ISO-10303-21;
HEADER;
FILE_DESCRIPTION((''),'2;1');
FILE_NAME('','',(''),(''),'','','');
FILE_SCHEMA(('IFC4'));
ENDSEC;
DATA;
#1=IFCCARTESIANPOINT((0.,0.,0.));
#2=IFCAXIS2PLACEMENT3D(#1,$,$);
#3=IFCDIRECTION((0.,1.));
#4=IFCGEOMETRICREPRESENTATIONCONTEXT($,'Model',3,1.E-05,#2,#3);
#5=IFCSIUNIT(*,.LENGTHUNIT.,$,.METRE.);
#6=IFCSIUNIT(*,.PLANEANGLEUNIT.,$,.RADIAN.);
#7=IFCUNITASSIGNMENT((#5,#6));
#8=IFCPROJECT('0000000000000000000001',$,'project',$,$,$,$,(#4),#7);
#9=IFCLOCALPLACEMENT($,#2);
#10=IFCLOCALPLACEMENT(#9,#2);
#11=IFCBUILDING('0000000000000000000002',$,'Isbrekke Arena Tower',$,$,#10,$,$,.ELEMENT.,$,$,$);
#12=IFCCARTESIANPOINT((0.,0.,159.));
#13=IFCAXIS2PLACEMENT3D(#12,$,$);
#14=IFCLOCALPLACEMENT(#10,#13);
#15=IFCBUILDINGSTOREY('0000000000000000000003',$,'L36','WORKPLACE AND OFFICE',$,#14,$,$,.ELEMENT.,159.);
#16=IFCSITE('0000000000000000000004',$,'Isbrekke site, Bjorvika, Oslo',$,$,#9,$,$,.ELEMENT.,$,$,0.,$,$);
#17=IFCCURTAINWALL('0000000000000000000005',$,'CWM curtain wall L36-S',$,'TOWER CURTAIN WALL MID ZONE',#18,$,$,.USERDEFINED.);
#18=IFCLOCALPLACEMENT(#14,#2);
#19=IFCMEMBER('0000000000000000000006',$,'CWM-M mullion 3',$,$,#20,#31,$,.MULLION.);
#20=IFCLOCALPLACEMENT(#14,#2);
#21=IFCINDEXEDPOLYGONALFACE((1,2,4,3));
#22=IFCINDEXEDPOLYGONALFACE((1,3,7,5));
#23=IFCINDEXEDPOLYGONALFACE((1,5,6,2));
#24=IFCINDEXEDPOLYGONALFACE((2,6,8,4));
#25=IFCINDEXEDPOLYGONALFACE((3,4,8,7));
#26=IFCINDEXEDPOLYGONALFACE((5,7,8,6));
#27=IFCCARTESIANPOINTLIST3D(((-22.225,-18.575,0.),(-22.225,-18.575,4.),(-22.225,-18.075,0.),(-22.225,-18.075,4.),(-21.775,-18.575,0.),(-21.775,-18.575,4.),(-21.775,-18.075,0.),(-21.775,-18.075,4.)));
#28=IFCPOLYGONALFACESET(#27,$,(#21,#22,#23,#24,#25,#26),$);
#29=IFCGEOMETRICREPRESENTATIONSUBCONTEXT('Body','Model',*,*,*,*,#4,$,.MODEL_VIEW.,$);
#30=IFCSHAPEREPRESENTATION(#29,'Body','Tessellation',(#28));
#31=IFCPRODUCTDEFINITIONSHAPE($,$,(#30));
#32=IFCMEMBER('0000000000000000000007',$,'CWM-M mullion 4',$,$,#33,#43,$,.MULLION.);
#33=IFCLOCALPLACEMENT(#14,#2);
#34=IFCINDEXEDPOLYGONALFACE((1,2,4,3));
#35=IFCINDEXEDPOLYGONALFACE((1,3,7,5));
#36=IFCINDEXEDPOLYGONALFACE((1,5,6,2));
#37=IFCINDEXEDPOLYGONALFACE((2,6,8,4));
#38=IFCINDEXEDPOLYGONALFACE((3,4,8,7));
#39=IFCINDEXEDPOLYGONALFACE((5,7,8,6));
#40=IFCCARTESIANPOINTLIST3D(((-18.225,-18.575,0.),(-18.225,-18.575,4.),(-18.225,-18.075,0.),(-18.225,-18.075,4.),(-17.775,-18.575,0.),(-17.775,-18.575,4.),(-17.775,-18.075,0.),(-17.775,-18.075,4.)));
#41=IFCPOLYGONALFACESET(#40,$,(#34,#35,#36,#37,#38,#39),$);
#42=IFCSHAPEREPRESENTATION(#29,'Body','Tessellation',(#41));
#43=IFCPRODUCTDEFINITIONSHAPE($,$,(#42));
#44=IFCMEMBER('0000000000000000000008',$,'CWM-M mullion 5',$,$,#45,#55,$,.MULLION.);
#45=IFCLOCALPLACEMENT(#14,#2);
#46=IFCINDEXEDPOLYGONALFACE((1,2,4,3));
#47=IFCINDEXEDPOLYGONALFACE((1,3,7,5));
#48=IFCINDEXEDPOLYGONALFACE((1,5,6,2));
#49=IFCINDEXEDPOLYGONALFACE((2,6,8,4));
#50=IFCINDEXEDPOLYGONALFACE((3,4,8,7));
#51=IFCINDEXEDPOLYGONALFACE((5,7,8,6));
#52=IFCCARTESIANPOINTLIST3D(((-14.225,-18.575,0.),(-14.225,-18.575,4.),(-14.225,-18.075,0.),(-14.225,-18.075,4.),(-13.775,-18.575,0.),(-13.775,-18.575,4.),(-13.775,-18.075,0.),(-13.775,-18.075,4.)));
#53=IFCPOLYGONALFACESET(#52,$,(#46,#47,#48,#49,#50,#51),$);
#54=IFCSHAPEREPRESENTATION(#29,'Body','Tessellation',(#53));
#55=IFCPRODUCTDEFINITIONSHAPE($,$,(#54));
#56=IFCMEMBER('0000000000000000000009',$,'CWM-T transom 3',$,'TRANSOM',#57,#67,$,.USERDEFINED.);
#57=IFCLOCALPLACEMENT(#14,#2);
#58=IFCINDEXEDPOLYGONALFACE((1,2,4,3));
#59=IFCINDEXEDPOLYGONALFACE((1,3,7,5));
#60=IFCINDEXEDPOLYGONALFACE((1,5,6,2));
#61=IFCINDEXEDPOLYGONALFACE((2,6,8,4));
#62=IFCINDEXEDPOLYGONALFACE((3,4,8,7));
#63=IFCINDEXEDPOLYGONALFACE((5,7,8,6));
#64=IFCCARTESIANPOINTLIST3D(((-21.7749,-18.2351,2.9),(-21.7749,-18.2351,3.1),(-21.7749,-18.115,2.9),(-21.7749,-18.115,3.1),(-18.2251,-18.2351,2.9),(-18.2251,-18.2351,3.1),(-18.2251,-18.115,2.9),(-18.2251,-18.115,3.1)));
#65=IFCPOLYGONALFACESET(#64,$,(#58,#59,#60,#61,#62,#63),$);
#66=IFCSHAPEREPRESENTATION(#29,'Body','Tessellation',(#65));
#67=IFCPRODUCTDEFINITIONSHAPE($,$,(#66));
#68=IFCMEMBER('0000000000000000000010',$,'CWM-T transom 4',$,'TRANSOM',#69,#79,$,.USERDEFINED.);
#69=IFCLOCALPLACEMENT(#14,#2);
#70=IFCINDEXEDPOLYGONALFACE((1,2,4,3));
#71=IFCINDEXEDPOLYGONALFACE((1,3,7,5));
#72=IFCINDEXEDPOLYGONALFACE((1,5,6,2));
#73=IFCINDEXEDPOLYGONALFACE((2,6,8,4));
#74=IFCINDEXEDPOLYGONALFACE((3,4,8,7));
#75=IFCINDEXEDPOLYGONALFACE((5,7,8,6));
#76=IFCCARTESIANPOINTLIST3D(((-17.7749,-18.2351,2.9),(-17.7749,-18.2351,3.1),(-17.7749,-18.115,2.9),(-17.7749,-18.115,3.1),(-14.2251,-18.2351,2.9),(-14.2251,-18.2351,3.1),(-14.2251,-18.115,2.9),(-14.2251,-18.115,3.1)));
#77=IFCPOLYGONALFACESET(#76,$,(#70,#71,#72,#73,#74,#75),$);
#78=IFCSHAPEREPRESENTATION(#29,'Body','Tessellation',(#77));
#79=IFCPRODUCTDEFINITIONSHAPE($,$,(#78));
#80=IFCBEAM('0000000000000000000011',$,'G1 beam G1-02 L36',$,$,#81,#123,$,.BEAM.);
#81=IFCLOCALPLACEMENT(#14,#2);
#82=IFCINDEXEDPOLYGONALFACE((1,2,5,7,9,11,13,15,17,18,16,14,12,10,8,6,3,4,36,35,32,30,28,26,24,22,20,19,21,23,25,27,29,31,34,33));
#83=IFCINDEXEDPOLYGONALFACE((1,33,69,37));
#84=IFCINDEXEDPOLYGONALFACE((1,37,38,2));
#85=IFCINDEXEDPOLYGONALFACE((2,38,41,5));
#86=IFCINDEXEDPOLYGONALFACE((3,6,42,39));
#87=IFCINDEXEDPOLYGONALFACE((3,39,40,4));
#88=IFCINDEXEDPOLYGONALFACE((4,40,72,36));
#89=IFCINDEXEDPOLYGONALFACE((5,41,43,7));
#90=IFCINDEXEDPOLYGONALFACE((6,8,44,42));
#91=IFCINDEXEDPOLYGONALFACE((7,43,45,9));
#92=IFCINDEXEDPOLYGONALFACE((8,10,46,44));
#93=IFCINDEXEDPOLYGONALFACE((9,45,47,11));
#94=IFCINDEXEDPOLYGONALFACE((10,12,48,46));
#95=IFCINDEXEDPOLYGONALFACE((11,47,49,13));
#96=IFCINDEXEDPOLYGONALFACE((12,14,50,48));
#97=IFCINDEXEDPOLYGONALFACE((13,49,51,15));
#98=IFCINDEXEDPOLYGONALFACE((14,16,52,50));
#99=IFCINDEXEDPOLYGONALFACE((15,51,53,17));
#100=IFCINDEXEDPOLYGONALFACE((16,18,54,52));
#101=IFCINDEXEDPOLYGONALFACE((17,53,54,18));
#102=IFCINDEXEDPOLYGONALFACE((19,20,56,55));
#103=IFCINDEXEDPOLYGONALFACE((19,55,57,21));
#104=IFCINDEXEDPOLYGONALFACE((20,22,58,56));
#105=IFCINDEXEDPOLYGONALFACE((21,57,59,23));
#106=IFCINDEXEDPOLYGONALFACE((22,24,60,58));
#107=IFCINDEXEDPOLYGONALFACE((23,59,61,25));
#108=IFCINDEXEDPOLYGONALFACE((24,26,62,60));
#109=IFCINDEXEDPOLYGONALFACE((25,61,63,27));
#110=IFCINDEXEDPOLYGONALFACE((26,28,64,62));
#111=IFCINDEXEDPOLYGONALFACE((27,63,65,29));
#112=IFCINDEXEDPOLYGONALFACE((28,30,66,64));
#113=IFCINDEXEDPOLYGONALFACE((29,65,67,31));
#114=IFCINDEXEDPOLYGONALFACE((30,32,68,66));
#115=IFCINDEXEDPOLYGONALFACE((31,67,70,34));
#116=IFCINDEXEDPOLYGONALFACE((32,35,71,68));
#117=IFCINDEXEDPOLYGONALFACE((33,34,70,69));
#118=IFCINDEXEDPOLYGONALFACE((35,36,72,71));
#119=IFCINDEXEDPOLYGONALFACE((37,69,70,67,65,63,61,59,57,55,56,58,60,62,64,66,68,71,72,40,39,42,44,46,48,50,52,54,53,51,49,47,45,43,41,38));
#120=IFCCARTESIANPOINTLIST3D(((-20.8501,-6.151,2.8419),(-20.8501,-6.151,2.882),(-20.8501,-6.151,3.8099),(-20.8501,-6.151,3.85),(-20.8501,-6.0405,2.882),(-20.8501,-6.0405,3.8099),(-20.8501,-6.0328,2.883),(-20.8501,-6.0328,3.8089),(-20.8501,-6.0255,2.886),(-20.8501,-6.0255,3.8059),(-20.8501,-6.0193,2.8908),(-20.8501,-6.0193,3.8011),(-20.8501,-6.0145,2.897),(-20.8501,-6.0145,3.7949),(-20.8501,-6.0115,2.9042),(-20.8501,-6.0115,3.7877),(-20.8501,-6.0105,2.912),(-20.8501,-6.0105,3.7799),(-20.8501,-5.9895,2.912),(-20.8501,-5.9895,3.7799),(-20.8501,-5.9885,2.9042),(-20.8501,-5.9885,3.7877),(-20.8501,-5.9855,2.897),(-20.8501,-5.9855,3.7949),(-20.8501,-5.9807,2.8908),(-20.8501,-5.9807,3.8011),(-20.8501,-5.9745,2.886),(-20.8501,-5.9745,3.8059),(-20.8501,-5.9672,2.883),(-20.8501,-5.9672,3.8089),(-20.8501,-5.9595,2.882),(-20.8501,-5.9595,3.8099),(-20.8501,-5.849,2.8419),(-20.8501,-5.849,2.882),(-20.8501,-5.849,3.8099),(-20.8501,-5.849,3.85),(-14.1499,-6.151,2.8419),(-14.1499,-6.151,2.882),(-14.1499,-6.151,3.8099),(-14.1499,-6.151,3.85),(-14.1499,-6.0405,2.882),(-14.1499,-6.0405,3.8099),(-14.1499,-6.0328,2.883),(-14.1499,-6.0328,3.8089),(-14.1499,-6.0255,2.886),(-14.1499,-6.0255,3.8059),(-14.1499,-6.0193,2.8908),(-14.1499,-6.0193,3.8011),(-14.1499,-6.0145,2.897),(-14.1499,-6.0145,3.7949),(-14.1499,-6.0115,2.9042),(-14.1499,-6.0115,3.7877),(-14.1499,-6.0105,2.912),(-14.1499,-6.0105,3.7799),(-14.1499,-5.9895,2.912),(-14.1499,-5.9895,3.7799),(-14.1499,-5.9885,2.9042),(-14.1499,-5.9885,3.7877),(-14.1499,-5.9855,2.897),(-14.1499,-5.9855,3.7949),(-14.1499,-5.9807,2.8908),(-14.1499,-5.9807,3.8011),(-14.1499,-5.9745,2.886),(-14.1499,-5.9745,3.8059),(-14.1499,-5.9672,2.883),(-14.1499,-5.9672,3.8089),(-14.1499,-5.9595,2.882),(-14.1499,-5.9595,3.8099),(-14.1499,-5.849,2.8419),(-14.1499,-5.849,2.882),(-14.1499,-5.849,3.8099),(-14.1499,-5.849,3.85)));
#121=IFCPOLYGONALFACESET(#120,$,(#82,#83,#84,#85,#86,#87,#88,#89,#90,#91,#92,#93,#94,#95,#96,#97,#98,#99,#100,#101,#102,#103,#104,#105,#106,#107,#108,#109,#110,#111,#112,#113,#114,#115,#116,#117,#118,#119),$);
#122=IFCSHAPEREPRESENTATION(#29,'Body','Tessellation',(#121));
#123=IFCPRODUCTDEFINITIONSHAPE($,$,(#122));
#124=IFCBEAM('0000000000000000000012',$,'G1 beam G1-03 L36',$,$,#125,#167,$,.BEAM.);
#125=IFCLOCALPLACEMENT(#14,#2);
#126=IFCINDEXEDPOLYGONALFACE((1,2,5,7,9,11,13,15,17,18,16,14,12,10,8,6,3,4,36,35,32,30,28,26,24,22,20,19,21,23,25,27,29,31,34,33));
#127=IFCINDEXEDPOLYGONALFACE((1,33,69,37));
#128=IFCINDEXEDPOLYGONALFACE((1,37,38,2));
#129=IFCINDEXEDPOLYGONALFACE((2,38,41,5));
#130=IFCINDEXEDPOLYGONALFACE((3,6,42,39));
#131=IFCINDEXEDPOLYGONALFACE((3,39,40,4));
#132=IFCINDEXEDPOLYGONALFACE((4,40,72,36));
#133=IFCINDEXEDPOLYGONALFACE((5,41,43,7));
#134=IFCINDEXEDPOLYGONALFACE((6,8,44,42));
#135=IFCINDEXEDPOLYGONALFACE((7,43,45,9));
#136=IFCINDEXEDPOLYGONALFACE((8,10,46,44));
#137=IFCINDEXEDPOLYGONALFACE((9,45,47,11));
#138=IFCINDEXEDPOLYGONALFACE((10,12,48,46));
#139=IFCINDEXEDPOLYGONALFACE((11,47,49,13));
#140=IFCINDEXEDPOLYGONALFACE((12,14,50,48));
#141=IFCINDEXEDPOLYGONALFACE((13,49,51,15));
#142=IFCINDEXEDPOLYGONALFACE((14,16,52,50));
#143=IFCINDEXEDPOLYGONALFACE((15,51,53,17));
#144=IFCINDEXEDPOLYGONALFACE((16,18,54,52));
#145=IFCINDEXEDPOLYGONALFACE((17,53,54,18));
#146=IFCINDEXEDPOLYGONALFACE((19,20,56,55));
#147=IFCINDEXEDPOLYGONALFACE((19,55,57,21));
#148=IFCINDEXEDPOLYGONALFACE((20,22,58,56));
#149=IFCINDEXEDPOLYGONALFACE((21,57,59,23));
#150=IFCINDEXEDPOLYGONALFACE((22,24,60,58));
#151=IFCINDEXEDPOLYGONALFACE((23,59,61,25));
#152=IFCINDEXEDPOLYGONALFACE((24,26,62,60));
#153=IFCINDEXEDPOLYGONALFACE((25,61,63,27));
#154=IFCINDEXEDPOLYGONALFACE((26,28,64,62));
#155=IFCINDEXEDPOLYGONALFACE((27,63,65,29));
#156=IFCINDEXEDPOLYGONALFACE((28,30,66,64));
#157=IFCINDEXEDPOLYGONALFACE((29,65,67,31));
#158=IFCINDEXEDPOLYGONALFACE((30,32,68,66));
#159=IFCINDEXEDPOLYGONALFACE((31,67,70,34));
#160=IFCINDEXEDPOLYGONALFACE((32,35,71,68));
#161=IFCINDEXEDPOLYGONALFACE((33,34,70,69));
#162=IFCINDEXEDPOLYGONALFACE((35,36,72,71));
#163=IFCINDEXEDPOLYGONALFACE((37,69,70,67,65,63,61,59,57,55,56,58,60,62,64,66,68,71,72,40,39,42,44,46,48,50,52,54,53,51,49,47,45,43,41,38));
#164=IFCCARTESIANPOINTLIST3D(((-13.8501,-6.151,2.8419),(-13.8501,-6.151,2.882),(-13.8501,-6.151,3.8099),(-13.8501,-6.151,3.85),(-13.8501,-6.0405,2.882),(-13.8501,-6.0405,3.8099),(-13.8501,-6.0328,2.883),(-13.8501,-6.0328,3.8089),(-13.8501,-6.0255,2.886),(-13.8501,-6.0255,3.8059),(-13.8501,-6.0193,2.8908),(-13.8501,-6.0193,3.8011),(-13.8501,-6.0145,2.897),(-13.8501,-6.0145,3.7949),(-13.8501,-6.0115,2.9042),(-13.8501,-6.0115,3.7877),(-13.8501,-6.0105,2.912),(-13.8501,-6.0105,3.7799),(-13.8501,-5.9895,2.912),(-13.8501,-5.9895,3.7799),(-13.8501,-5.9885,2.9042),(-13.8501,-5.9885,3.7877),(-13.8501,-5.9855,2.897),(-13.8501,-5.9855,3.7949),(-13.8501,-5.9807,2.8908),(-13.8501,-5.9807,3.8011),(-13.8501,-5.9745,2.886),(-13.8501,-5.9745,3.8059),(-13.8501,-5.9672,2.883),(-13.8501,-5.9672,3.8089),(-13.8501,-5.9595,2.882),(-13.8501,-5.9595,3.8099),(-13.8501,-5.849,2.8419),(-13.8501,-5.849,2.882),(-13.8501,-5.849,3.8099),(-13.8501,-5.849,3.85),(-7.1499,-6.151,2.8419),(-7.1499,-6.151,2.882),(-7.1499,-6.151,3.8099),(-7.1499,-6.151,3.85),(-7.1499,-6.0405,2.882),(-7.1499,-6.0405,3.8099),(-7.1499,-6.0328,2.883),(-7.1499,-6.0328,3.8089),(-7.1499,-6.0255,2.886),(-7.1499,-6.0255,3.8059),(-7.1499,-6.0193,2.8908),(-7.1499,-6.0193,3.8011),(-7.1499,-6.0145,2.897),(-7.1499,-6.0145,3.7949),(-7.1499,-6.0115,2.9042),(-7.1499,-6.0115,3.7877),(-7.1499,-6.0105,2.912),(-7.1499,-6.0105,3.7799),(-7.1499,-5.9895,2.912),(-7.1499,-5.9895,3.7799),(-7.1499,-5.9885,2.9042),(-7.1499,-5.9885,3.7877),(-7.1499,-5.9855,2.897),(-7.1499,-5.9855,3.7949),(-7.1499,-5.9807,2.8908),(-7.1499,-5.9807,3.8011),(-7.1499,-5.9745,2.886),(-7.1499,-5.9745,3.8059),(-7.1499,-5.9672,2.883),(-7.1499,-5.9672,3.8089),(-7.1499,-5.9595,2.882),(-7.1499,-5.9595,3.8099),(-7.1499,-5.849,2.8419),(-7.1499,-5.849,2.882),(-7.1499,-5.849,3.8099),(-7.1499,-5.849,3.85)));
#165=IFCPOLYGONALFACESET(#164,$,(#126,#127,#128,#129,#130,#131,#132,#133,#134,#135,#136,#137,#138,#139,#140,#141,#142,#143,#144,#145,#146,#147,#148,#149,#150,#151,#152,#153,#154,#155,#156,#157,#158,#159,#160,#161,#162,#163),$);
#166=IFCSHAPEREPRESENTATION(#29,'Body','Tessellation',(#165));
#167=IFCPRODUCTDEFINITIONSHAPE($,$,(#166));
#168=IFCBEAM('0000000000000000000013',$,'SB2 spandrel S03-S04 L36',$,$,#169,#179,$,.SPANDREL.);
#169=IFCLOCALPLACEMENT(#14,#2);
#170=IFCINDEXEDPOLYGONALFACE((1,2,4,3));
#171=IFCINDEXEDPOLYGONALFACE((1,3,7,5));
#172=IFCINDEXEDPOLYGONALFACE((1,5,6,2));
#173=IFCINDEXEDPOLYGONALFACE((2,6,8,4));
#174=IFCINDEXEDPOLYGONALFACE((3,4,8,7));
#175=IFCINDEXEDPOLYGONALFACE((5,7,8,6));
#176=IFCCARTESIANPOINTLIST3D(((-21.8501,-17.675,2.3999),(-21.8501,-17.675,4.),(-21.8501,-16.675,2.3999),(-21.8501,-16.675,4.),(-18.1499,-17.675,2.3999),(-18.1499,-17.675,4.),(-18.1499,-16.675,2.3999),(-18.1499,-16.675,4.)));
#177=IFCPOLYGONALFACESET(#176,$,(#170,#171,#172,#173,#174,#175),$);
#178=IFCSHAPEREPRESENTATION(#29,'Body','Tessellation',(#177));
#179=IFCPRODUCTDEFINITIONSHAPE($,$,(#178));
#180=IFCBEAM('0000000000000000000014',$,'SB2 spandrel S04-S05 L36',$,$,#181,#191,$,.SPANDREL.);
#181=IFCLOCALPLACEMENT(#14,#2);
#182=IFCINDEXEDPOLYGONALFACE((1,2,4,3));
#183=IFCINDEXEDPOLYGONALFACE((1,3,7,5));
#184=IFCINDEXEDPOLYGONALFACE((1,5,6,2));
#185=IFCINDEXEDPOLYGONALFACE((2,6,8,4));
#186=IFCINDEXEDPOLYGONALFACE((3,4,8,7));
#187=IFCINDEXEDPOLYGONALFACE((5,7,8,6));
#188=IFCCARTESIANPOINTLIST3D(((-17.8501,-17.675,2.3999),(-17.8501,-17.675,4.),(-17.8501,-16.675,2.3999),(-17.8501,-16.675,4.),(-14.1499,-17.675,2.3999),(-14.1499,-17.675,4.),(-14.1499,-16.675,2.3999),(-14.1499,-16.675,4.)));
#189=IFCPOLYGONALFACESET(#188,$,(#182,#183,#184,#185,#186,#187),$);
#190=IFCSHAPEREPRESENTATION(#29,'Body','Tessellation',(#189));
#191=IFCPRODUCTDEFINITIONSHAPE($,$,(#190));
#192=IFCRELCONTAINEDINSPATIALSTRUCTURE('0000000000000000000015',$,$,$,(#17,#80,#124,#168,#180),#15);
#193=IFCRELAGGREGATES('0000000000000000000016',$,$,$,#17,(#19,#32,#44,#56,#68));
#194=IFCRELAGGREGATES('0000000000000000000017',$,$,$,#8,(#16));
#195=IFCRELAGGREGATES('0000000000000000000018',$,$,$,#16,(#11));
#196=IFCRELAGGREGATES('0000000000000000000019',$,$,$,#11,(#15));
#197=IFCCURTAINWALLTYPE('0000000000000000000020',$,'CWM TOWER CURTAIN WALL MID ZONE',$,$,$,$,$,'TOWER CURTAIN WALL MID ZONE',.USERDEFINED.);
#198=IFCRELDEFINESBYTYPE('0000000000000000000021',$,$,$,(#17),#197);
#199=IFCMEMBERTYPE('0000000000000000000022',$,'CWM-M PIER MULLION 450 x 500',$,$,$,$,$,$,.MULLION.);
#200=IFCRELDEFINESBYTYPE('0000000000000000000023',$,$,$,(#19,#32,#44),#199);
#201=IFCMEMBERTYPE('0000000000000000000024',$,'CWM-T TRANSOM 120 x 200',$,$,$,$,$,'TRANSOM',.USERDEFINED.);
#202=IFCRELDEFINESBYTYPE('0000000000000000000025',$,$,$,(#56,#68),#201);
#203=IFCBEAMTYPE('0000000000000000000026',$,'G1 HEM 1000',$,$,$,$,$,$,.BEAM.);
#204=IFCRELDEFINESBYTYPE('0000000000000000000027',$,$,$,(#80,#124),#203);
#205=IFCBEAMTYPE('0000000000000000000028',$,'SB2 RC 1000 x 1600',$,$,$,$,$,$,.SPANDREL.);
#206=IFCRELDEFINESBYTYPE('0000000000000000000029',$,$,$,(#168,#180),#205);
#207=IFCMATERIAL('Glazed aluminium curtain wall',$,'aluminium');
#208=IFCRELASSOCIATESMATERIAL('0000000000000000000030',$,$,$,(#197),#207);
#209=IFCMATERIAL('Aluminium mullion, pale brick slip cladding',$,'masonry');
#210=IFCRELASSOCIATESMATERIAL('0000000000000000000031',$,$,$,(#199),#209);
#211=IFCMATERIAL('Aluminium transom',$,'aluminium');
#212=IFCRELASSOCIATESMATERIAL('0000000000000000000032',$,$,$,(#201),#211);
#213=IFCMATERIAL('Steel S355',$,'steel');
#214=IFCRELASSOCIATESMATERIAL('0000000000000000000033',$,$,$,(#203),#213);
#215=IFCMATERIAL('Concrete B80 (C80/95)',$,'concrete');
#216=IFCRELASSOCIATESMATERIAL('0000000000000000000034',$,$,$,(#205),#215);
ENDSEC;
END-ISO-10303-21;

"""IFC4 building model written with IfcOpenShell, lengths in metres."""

from ifc_helpers import new_model, si_unit, direction, frame, origin, origin_2d, place, context, subcontext, project, spatial, rectangle, i_section, extrude, material, material_profile, profile_set, type_object, element, aggregate, save


model = new_model("IFC4")

# Units and contexts
model_context = context("Model", 3, precision=1e-05, world=origin(), true_north=direction((0.0, 1.0)))
body_context = subcontext(model_context, "Body", "Model", "MODEL_VIEW")
ifc_project = project(units=[si_unit("LENGTHUNIT", "METRE"), si_unit("PLANEANGLEUNIT", "RADIAN")], contexts=[model_context])

# Site, building, storey
site_placement = place(None, origin())
site = spatial("IfcSite", under=ifc_project, at=site_placement, Name="Isbrekke site, Bjorvika, Oslo", CompositionType="ELEMENT", RefElevation=0.0)
building_placement = place(site_placement, origin())
building = spatial("IfcBuilding", under=site, at=building_placement, Name="Isbrekke Arena Tower", CompositionType="ELEMENT")
storey_placement = place(building_placement, frame((0.0, 0.0, 159.0)))
storey = spatial("IfcBuildingStorey", under=building, at=storey_placement, Name="L36", Description="WORKPLACE AND OFFICE", CompositionType="ELEMENT", Elevation=159.0)

# Curtain wall, members
ifc_material_1 = material(Name="Glazed aluminium curtain wall", Category="aluminium")
curtain_wall_type = type_object("IfcCurtainWallType", Name="CWM TOWER CURTAIN WALL MID ZONE", ElementType="TOWER CURTAIN WALL MID ZONE", PredefinedType="USERDEFINED", material=ifc_material_1)
curtain_wall_placement = place(storey_placement, origin())
curtain_wall = element("IfcCurtainWall", 1, at=curtain_wall_placement, inside=storey, type_object=curtain_wall_type, Name="CWM curtain wall L36-S", ObjectType="TOWER CURTAIN WALL MID ZONE", PredefinedType="USERDEFINED")
ifc_material_2 = material(Name="Aluminium mullion, pale brick slip cladding", Category="masonry")
ifc_material_profile_1 = material_profile(ifc_material_2, rectangle(XDim=0.45, YDim=0.5, at=origin_2d()), Name="PIER 450X500")
ifc_profile_set_1 = profile_set([ifc_material_profile_1], Name="Aluminium mullion, pale brick slip cladding")
member_type_1 = type_object("IfcMemberType", Name="CWM-M PIER MULLION 450 x 500", PredefinedType="MULLION", material=ifc_profile_set_1)
member_1_placement = place(storey_placement, frame((-22.0, -18.325, 0.0), z_axis=(0.0, 0.0, 1.0), x_axis=(1.0, 0.0, 0.0)))
member_1 = element("IfcMember", 2, at=member_1_placement, type_object=member_type_1, Name="CWM-M mullion 3", PredefinedType="MULLION", context=body_context, shape_type="SweptSolid", body=[
    extrude(rectangle(XDim=0.45, YDim=0.5, at=origin_2d()), origin(), (0.0, 0.0, 1.0), 4.0),
])
member_2_placement = place(storey_placement, frame((-18.0, -18.325, 0.0), z_axis=(0.0, 0.0, 1.0), x_axis=(1.0, 0.0, 0.0)))
member_2 = element("IfcMember", 3, at=member_2_placement, type_object=member_type_1, Name="CWM-M mullion 4", PredefinedType="MULLION", context=body_context, shape_type="SweptSolid", body=[
    extrude(rectangle(XDim=0.45, YDim=0.5, at=origin_2d()), origin(), (0.0, 0.0, 1.0), 4.0),
])
member_3_placement = place(storey_placement, frame((-14.0, -18.325, 0.0), z_axis=(0.0, 0.0, 1.0), x_axis=(1.0, 0.0, 0.0)))
member_3 = element("IfcMember", 4, at=member_3_placement, type_object=member_type_1, Name="CWM-M mullion 5", PredefinedType="MULLION", context=body_context, shape_type="SweptSolid", body=[
    extrude(rectangle(XDim=0.45, YDim=0.5, at=origin_2d()), origin(), (0.0, 0.0, 1.0), 4.0),
])
ifc_material_3 = material(Name="Aluminium transom", Category="aluminium")
ifc_material_profile_2 = material_profile(ifc_material_3, rectangle(XDim=0.1201, YDim=0.2, at=origin_2d()), Name="TRANSOM 120X200")
ifc_profile_set_2 = profile_set([ifc_material_profile_2], Name="Aluminium transom")
member_type_2 = type_object("IfcMemberType", Name="CWM-T TRANSOM 120 x 200", ElementType="TRANSOM", PredefinedType="USERDEFINED", material=ifc_profile_set_2)
member_4_placement = place(storey_placement, frame((-21.7749, -18.175, 3.0), z_axis=(1.0, 0.0, 0.0), x_axis=(0.0, 1.0, 0.0)))
member_4 = element("IfcMember", 5, at=member_4_placement, type_object=member_type_2, Name="CWM-T transom 3", ObjectType="TRANSOM", PredefinedType="USERDEFINED", context=body_context, shape_type="SweptSolid", body=[
    extrude(rectangle(XDim=0.1201, YDim=0.2, at=origin_2d()), origin(), (0.0, 0.0, 1.0), 3.5498),
])
member_5_placement = place(storey_placement, frame((-17.7749, -18.175, 3.0), z_axis=(1.0, 0.0, 0.0), x_axis=(0.0, 1.0, 0.0)))
member_5 = element("IfcMember", 6, at=member_5_placement, type_object=member_type_2, Name="CWM-T transom 4", ObjectType="TRANSOM", PredefinedType="USERDEFINED", context=body_context, shape_type="SweptSolid", body=[
    extrude(rectangle(XDim=0.1201, YDim=0.2, at=origin_2d()), origin(), (0.0, 0.0, 1.0), 3.5498),
])

# Beams
ifc_material_4 = material(Name="Steel S355", Category="steel")
ifc_material_profile_3 = material_profile(ifc_material_4, i_section(OverallWidth=0.302, OverallDepth=1.0081, WebThickness=0.021, FlangeThickness=0.04, FilletRadius=0.03, at=origin_2d()), Name="HEM 1000")
ifc_profile_set_3 = profile_set([ifc_material_profile_3], Name="Steel S355")
beam_type_1 = type_object("IfcBeamType", Name="G1 HEM 1000", PredefinedType="BEAM", material=ifc_profile_set_3)
for number, where, z_axis, x_axis, name in (
    (7, (-20.8501, -6.0, 3.3459), (1.0, 0.0, 0.0), (0.0, 1.0, 0.0), "G1 beam G1-02 L36"),
    (8, (-13.8501, -6.0, 3.3459), (1.0, 0.0, 0.0), (0.0, 1.0, 0.0), "G1 beam G1-03 L36"),
):
    element("IfcBeam", number, at=place(storey_placement, frame(where, z_axis=z_axis, x_axis=x_axis)), inside=storey, type_object=beam_type_1, Name=name, PredefinedType="BEAM", context=body_context, shape_type="SweptSolid", body=[
        extrude(i_section(OverallWidth=0.302, OverallDepth=1.0081, WebThickness=0.021, FlangeThickness=0.04, FilletRadius=0.03, at=origin_2d()), origin(), (0.0, 0.0, 1.0), 6.7002),
    ])
ifc_material_5 = material(Name="Concrete B80 (C80/95)", Category="concrete")
ifc_material_profile_4 = material_profile(ifc_material_5, rectangle(XDim=1.0, YDim=1.6001, at=origin_2d()), Name="RC 1000x1600")
ifc_profile_set_4 = profile_set([ifc_material_profile_4], Name="Concrete B80 (C80/95)")
beam_type_2 = type_object("IfcBeamType", Name="SB2 RC 1000 x 1600", PredefinedType="SPANDREL", material=ifc_profile_set_4)
for number, where, z_axis, x_axis, name in (
    (9, (-21.8501, -17.175, 3.2), (1.0, 0.0, 0.0), (0.0, 1.0, 0.0), "SB2 spandrel S03-S04 L36"),
    (10, (-17.8501, -17.175, 3.2), (1.0, 0.0, 0.0), (0.0, 1.0, 0.0), "SB2 spandrel S04-S05 L36"),
):
    element("IfcBeam", number, at=place(storey_placement, frame(where, z_axis=z_axis, x_axis=x_axis)), inside=storey, type_object=beam_type_2, Name=name, PredefinedType="SPANDREL", context=body_context, shape_type="SweptSolid", body=[
        extrude(rectangle(XDim=1.0, YDim=1.6001, at=origin_2d()), origin(), (0.0, 0.0, 1.0), 3.7002),
    ])

aggregate(curtain_wall, [member_1, member_2, member_3, member_4, member_5])

save(model, "model.ifc")
